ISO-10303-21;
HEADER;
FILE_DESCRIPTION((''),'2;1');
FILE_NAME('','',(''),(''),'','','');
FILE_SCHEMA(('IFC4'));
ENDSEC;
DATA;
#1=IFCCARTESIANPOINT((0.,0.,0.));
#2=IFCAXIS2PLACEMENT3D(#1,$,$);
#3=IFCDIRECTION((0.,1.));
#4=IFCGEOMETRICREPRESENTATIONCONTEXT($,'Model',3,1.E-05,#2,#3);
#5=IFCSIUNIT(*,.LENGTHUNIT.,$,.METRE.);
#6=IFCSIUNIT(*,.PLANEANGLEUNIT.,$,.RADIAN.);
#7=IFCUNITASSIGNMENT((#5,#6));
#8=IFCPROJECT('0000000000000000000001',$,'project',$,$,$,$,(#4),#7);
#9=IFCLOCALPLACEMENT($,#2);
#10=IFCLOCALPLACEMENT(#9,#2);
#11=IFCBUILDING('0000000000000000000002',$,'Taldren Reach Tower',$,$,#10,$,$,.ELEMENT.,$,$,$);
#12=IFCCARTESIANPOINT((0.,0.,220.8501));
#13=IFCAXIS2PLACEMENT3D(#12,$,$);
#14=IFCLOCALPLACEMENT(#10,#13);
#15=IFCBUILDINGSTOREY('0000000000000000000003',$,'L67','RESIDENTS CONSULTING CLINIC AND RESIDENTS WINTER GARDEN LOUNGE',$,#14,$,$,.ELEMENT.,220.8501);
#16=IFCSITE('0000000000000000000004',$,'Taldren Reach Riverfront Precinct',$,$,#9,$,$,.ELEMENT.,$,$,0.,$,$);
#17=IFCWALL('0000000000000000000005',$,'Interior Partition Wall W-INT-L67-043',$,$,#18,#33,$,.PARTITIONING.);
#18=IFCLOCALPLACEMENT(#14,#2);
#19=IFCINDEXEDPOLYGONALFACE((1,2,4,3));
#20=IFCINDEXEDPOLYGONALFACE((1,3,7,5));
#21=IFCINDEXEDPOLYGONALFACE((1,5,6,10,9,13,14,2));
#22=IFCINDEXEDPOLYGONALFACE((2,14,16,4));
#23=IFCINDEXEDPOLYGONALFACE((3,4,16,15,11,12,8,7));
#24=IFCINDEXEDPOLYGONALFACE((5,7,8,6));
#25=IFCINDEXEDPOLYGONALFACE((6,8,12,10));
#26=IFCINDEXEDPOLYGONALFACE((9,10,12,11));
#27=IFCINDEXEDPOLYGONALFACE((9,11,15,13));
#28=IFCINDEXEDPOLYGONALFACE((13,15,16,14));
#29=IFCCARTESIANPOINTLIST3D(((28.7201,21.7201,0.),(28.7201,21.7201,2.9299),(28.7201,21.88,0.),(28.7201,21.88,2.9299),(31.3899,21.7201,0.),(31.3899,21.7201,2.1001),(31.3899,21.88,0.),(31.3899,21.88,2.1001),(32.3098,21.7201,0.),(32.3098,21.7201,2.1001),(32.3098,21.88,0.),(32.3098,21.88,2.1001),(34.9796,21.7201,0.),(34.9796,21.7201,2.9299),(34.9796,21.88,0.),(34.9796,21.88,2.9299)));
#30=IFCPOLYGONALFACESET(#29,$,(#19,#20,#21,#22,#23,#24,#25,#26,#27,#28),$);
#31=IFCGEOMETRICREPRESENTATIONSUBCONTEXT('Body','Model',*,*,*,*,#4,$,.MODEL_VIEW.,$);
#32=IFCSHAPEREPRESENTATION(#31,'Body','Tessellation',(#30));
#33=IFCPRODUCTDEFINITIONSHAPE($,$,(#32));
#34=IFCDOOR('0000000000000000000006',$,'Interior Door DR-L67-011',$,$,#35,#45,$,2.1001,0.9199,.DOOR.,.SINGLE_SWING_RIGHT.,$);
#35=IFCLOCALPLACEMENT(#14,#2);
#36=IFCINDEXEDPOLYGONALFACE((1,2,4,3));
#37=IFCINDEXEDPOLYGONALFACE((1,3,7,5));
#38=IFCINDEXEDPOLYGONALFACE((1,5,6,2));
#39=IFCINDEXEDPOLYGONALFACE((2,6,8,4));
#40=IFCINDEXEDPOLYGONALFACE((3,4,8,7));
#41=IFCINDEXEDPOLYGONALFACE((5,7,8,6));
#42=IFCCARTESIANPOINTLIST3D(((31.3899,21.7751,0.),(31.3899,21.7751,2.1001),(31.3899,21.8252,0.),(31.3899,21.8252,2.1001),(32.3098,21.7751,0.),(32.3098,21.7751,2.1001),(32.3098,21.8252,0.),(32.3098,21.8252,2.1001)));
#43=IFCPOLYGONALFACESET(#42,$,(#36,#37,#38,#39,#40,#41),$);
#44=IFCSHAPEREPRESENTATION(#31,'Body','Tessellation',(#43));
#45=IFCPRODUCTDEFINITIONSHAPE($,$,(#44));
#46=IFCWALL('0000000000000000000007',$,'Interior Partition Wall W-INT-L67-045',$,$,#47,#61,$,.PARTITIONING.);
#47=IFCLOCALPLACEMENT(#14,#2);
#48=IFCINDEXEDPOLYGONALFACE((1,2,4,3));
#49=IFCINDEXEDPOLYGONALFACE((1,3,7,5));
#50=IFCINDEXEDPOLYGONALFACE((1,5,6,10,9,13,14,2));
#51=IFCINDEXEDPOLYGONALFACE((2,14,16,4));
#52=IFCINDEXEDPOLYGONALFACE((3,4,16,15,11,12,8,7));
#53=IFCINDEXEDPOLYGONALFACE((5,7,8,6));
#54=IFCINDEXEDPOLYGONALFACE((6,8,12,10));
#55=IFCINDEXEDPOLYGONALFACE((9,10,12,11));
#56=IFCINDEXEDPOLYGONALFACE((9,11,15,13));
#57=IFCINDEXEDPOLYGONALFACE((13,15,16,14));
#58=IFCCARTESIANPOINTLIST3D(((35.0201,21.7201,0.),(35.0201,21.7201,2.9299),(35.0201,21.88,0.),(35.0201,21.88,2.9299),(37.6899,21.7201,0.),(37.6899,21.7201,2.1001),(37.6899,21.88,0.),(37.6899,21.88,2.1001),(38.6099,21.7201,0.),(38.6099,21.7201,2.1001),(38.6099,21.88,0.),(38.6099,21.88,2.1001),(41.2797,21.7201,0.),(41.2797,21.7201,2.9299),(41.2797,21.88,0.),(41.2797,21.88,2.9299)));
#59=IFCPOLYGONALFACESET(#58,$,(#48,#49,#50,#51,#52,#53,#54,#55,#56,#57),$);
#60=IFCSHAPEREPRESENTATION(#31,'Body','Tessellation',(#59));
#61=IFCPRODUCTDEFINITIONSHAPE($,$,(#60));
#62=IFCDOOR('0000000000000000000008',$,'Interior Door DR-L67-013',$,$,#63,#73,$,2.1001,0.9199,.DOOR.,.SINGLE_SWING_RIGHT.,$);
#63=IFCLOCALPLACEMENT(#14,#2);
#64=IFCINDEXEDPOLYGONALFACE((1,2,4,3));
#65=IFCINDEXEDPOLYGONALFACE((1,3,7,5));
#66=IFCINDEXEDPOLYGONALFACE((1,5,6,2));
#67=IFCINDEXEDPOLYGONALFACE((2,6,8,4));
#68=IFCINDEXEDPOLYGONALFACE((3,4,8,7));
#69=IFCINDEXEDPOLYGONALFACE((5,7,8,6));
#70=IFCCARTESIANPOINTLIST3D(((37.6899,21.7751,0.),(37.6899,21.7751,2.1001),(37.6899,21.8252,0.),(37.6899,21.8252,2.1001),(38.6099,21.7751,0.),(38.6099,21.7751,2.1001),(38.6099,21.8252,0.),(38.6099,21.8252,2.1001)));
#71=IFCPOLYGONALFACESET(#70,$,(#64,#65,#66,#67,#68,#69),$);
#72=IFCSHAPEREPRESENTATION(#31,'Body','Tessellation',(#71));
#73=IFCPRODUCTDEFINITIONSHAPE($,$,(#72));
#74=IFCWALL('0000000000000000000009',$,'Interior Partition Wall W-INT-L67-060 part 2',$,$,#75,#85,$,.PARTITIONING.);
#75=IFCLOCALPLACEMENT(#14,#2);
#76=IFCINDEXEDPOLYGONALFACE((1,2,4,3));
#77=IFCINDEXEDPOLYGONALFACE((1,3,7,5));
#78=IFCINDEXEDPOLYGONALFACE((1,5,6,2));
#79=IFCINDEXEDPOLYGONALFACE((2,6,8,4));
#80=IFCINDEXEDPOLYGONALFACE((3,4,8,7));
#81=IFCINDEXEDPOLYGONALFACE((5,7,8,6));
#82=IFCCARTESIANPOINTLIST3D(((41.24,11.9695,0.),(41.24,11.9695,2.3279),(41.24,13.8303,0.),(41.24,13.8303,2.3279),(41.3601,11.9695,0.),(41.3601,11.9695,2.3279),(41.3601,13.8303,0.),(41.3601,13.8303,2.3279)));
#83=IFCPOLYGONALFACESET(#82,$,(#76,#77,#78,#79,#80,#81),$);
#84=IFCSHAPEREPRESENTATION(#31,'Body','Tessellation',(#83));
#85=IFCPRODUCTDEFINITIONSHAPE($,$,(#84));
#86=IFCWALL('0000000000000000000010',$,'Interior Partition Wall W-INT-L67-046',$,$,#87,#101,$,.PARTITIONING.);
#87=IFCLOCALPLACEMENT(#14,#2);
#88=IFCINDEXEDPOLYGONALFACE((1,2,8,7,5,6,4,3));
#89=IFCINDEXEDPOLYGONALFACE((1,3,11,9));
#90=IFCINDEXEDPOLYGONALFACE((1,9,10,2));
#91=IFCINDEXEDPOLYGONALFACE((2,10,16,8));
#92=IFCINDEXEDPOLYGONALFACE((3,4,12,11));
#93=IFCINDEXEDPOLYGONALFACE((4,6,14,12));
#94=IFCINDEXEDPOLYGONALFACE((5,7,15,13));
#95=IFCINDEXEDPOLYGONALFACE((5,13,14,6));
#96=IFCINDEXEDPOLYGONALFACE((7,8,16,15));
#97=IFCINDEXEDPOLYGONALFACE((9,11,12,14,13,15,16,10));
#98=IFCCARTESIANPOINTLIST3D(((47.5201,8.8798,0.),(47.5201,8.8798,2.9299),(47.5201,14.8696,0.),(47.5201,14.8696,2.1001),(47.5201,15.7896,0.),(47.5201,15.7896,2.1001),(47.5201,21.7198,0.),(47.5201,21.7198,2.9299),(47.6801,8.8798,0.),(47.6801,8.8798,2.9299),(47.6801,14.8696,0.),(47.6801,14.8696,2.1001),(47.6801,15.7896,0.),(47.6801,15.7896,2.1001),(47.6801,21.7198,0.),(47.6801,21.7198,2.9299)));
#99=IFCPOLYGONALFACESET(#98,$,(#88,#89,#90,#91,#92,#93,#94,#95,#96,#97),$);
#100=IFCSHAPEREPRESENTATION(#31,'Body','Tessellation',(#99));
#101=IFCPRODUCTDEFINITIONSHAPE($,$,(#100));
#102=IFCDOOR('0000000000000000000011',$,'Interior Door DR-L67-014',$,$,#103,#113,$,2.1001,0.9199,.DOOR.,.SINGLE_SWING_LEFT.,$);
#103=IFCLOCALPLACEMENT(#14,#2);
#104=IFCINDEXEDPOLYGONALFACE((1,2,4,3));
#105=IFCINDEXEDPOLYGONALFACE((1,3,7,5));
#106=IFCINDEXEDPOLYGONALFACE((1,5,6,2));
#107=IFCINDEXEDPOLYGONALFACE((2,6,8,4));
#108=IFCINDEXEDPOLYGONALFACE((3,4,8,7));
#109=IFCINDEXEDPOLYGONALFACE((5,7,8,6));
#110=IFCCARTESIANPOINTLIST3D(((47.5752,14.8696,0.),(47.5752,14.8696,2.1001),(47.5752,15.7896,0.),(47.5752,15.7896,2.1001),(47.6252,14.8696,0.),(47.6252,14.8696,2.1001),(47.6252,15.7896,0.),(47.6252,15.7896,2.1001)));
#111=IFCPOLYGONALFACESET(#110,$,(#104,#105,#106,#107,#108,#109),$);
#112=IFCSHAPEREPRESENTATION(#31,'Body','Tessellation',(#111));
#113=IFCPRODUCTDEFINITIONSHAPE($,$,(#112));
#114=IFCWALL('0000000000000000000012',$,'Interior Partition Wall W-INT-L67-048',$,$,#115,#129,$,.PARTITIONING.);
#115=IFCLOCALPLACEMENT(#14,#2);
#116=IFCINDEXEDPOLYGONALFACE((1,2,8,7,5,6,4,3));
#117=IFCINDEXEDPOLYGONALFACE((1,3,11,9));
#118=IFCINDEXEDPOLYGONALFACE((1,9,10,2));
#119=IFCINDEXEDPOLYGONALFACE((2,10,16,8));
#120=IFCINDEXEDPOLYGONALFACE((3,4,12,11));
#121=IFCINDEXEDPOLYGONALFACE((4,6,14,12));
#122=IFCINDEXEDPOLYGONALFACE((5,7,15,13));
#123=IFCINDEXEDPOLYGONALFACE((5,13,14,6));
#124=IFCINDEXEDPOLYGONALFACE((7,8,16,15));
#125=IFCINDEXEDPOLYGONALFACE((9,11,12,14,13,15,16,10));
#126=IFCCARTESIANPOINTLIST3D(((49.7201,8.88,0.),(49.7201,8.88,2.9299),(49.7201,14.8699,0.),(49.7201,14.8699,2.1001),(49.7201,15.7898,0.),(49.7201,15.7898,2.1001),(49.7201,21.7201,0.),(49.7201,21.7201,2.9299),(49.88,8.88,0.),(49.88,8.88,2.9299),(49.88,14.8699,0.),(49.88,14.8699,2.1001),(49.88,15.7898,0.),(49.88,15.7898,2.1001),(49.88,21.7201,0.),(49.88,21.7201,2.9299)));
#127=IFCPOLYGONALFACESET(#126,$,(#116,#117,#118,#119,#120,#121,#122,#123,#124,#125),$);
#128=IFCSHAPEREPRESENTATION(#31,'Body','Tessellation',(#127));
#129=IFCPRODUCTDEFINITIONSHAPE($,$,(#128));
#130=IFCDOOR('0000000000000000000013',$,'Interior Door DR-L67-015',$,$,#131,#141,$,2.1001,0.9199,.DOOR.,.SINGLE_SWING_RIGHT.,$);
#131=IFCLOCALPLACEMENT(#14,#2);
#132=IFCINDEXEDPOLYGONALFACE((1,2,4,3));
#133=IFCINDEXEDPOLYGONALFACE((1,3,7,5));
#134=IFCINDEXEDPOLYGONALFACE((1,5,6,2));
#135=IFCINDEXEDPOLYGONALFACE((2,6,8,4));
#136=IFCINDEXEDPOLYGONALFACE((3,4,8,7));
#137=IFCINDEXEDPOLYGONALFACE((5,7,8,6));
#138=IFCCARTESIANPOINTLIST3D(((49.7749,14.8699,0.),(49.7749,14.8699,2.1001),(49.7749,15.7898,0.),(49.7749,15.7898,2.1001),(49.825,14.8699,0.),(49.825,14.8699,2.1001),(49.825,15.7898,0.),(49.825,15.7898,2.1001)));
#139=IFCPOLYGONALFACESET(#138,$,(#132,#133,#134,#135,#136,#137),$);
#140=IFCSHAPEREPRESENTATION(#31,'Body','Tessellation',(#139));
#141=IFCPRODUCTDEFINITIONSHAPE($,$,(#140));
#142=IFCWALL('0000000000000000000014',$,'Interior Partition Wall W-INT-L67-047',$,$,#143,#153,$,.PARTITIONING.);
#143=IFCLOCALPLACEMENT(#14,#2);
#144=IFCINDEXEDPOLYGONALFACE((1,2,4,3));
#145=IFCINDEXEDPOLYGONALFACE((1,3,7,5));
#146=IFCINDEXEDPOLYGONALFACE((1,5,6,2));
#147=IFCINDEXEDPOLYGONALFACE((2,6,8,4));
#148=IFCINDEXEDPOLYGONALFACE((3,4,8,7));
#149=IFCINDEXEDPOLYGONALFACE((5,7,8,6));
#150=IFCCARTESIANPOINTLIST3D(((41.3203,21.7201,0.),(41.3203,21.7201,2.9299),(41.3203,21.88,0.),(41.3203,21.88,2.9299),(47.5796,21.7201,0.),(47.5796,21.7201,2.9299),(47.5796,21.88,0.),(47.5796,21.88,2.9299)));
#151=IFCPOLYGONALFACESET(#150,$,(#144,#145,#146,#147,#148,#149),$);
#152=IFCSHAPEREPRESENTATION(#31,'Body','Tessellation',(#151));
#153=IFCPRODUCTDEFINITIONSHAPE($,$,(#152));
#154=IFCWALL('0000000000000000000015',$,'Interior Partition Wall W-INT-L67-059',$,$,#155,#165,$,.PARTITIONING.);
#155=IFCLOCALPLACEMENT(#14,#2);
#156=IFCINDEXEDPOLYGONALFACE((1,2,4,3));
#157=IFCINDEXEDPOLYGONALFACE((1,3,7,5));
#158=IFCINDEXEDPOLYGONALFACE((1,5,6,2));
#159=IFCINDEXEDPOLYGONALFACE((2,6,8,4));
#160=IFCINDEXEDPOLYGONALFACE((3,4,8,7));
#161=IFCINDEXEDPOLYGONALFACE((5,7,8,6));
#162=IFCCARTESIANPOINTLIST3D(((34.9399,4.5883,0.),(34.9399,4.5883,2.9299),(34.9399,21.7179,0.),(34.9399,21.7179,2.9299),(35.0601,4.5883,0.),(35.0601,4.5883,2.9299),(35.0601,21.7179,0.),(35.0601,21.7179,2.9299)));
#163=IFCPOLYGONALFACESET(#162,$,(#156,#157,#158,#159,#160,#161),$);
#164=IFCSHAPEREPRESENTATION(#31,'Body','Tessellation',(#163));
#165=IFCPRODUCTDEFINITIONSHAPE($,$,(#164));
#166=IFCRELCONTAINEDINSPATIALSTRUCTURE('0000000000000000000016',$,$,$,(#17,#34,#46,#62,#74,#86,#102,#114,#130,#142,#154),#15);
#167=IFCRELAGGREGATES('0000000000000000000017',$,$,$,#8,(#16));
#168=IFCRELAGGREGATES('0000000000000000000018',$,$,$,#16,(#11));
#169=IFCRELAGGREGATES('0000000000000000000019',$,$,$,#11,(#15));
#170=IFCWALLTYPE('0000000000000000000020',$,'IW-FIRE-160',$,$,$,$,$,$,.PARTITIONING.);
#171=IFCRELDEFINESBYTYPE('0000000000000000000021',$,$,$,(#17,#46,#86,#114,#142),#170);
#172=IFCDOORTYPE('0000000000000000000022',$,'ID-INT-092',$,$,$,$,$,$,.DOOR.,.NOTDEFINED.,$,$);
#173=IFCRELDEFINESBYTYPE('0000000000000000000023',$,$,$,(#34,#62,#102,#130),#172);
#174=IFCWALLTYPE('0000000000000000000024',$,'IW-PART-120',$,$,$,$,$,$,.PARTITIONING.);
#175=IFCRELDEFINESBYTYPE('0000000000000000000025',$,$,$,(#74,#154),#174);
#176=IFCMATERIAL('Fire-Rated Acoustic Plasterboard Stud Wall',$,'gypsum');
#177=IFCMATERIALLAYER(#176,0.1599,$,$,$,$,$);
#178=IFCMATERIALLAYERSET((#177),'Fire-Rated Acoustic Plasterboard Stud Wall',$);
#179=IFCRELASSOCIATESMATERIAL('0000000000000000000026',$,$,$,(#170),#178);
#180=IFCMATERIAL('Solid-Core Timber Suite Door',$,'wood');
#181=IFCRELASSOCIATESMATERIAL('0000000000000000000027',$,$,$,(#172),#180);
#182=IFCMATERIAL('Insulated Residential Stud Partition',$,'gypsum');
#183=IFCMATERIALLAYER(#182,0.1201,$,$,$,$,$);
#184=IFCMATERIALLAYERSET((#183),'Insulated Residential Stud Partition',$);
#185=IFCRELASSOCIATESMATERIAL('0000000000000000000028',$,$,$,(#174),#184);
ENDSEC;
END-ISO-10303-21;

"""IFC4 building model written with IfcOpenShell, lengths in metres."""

from ifc_helpers import new_model, si_unit, direction, frame, frame_2d, origin, place, context, subcontext, project, spatial, rectangle, extrude, source, transform, mapped, material, layer, layer_set, type_object, element, fill, save


model = new_model("IFC4")

# Units and contexts
model_context = context("Model", 3, precision=1e-05, world=origin(), true_north=direction((0.0, 1.0)))
body_context = subcontext(model_context, "Body", "Model", "MODEL_VIEW")
ifc_project = project(units=[si_unit("LENGTHUNIT", "METRE"), si_unit("PLANEANGLEUNIT", "RADIAN")], contexts=[model_context])

# Site, building, storey
site_placement = place(None, origin())
site = spatial("IfcSite", under=ifc_project, at=site_placement, Name="Taldren Reach Riverfront Precinct", CompositionType="ELEMENT", RefElevation=0.0)
building_placement = place(site_placement, origin())
building = spatial("IfcBuilding", under=site, at=building_placement, Name="Taldren Reach Tower", CompositionType="ELEMENT")
storey_placement = place(building_placement, frame((0.0, 0.0, 220.8501)))
storey = spatial("IfcBuildingStorey", under=building, at=storey_placement, Name="L67", Description="RESIDENTS CONSULTING CLINIC AND RESIDENTS WINTER GARDEN LOUNGE", CompositionType="ELEMENT", Elevation=220.8501)

# Shared definitions
ifc_material_1 = material(Name="Fire-Rated Acoustic Plasterboard Stud Wall", Category="gypsum")
ifc_layer_1 = layer(ifc_material_1, 0.1599)
ifc_layer_set_1 = layer_set([ifc_layer_1], Name="Fire-Rated Acoustic Plasterboard Stud Wall")
wall_type_1 = type_object("IfcWallType", Name="IW-FIRE-160", PredefinedType="PARTITIONING", material=ifc_layer_set_1)

# Walls, openings, doors
shared_shape_1 = source(origin(), body_context, "Body", "SweptSolid", [
    extrude(rectangle(XDim=6.2595, YDim=0.1599, at=frame_2d((3.1299, 0.0))), origin(), (0.0, 0.0, 1.0), 2.9299),
])
wall_1_placement = place(storey_placement, frame((34.9797, 21.8, 0.0), z_axis=(0.0, 0.0, 1.0), x_axis=(-1.0, 0.0, 0.0)))
wall_1 = element("IfcWall", 1, at=wall_1_placement, inside=storey, type_object=wall_type_1, Name="Interior Partition Wall W-INT-L67-043", PredefinedType="PARTITIONING", context=body_context, shape_type="MappedRepresentation", body=[
    mapped(shared_shape_1, transform((0.0, 0.0, 0.0), scale=1.0)),
])
shared_shape_2 = source(origin(), body_context, "Body", "SweptSolid", [
    extrude(rectangle(XDim=0.9199, YDim=2.1001, at=frame_2d((0.46, 1.05))), frame((0.0, 0.0898, 0.0), z_axis=(0.0, -1.0, 0.0), x_axis=(1.0, 0.0, 0.0)), (0.0, 0.0, 1.0), 0.1799),
])
opening_1_placement = place(wall_1_placement, frame((2.6699, 0.0, 0.0)))
opening_1 = element("IfcOpeningElement", 2, at=opening_1_placement, cuts=wall_1, PredefinedType="OPENING", context=body_context, shape_type="MappedRepresentation", body=[
    mapped(shared_shape_2, transform((0.0, 0.0, 0.0), scale=1.0)),
])
ifc_material_2 = material(Name="Solid-Core Timber Suite Door", Category="wood")
door_type = type_object("IfcDoorType", Name="ID-INT-092", OperationType="NOTDEFINED", PredefinedType="DOOR", material=ifc_material_2)
shared_shape_3 = source(origin(), body_context, "Body", "SweptSolid", [
    extrude(rectangle(XDim=0.9199, YDim=2.1001, at=frame_2d((0.46, 1.05))), frame((0.0, 0.0249, 0.0), z_axis=(0.0, -1.0, 0.0), x_axis=(1.0, 0.0, 0.0)), (0.0, 0.0, 1.0), 0.05),
])
door_1_placement = place(opening_1_placement, origin())
door_1 = element("IfcDoor", 3, at=door_1_placement, inside=storey, type_object=door_type, Name="Interior Door DR-L67-011", OperationType="SINGLE_SWING_RIGHT", OverallHeight=2.1001, OverallWidth=0.9199, PredefinedType="DOOR", context=body_context, shape_type="MappedRepresentation", body=[
    mapped(shared_shape_3, transform((0.0, 0.0, 0.0), scale=1.0)),
])
fill(opening_1, door_1)
wall_2_placement = place(storey_placement, frame((41.2798, 21.8, 0.0), z_axis=(0.0, 0.0, 1.0), x_axis=(-1.0, 0.0, 0.0)))
wall_2 = element("IfcWall", 4, at=wall_2_placement, inside=storey, type_object=wall_type_1, Name="Interior Partition Wall W-INT-L67-045", PredefinedType="PARTITIONING", context=body_context, shape_type="MappedRepresentation", body=[
    mapped(shared_shape_1, transform((0.0, 0.0, 0.0), scale=1.0)),
])
opening_2_placement = place(wall_2_placement, frame((2.6699, 0.0, 0.0)))
opening_2 = element("IfcOpeningElement", 5, at=opening_2_placement, cuts=wall_2, PredefinedType="OPENING", context=body_context, shape_type="MappedRepresentation", body=[
    mapped(shared_shape_2, transform((0.0, 0.0, 0.0), scale=1.0)),
])
door_2_placement = place(opening_2_placement, origin())
door_2 = element("IfcDoor", 6, at=door_2_placement, inside=storey, type_object=door_type, Name="Interior Door DR-L67-013", OperationType="SINGLE_SWING_RIGHT", OverallHeight=2.1001, OverallWidth=0.9199, PredefinedType="DOOR", context=body_context, shape_type="MappedRepresentation", body=[
    mapped(shared_shape_3, transform((0.0, 0.0, 0.0), scale=1.0)),
])
fill(opening_2, door_2)

# Wall
ifc_material_3 = material(Name="Insulated Residential Stud Partition", Category="gypsum")
ifc_layer_2 = layer(ifc_material_3, 0.1201)
ifc_layer_set_2 = layer_set([ifc_layer_2], Name="Insulated Residential Stud Partition")
wall_type_2 = type_object("IfcWallType", Name="IW-PART-120", PredefinedType="PARTITIONING", material=ifc_layer_set_2)
shared_shape_4 = source(origin(), body_context, "Body", "SweptSolid", [
    extrude(rectangle(XDim=1.8608, YDim=0.1201, at=frame_2d((0.9304, 0.0))), origin(), (0.0, 0.0, 1.0), 2.3279),
])
wall_3_placement = place(storey_placement, frame((41.3, 13.8303, 0.0), z_axis=(0.0, 0.0, 1.0), x_axis=(0.0, -1.0, 0.0)))
element("IfcWall", 7, at=wall_3_placement, inside=storey, type_object=wall_type_2, Name="Interior Partition Wall W-INT-L67-060 part 2", PredefinedType="PARTITIONING", context=body_context, shape_type="MappedRepresentation", body=[
    mapped(shared_shape_4, transform((0.0, 0.0, 0.0), scale=1.0)),
])

# Walls, openings, doors
shared_shape_5 = source(origin(), body_context, "Body", "SweptSolid", [
    extrude(rectangle(XDim=12.8401, YDim=0.1599, at=frame_2d((6.4199, 0.0))), origin(), (0.0, 0.0, 1.0), 2.9299),
])
wall_4_placement = place(storey_placement, frame((47.6001, 8.8799, 0.0), z_axis=(0.0, 0.0, 1.0), x_axis=(0.0, 1.0, 0.0)))
wall_4 = element("IfcWall", 8, at=wall_4_placement, inside=storey, type_object=wall_type_1, Name="Interior Partition Wall W-INT-L67-046", PredefinedType="PARTITIONING", context=body_context, shape_type="MappedRepresentation", body=[
    mapped(shared_shape_5, transform((0.0, 0.0, 0.0), scale=1.0)),
])
opening_3_placement = place(wall_4_placement, frame((5.9897, 0.0, 0.0)))
opening_3 = element("IfcOpeningElement", 9, at=opening_3_placement, cuts=wall_4, PredefinedType="OPENING", context=body_context, shape_type="MappedRepresentation", body=[
    mapped(shared_shape_2, transform((0.0, 0.0, 0.0), scale=1.0)),
])
door_3_placement = place(opening_3_placement, origin())
door_3 = element("IfcDoor", 10, at=door_3_placement, inside=storey, type_object=door_type, Name="Interior Door DR-L67-014", OperationType="SINGLE_SWING_LEFT", OverallHeight=2.1001, OverallWidth=0.9199, PredefinedType="DOOR", context=body_context, shape_type="MappedRepresentation", body=[
    mapped(shared_shape_3, transform((0.0, 0.0, 0.0), scale=1.0)),
])
fill(opening_3, door_3)
wall_5_placement = place(storey_placement, frame((49.8, 21.72, 0.0), z_axis=(0.0, 0.0, 1.0), x_axis=(0.0, -1.0, 0.0)))
wall_5 = element("IfcWall", 11, at=wall_5_placement, inside=storey, type_object=wall_type_1, Name="Interior Partition Wall W-INT-L67-048", PredefinedType="PARTITIONING", context=body_context, shape_type="MappedRepresentation", body=[
    mapped(shared_shape_5, transform((0.0, 0.0, 0.0), scale=1.0)),
])
opening_4_placement = place(wall_5_placement, frame((5.9302, 0.0, 0.0)))
opening_4 = element("IfcOpeningElement", 12, at=opening_4_placement, cuts=wall_5, PredefinedType="OPENING", context=body_context, shape_type="MappedRepresentation", body=[
    mapped(shared_shape_2, transform((0.0, 0.0, 0.0), scale=1.0)),
])
door_4_placement = place(opening_4_placement, origin())
door_4 = element("IfcDoor", 13, at=door_4_placement, inside=storey, type_object=door_type, Name="Interior Door DR-L67-015", OperationType="SINGLE_SWING_RIGHT", OverallHeight=2.1001, OverallWidth=0.9199, PredefinedType="DOOR", context=body_context, shape_type="MappedRepresentation", body=[
    mapped(shared_shape_3, transform((0.0, 0.0, 0.0), scale=1.0)),
])
fill(opening_4, door_4)

# Walls
shared_shape_6 = source(origin(), body_context, "Body", "SweptSolid", [
    extrude(rectangle(XDim=6.2593, YDim=0.1599, at=frame_2d((3.1296, 0.0))), origin(), (0.0, 0.0, 1.0), 2.9299),
])
wall_6_placement = place(storey_placement, frame((47.5796, 21.8, 0.0), z_axis=(0.0, 0.0, 1.0), x_axis=(-1.0, 0.0, 0.0)))
element("IfcWall", 14, at=wall_6_placement, inside=storey, type_object=wall_type_1, Name="Interior Partition Wall W-INT-L67-047", PredefinedType="PARTITIONING", context=body_context, shape_type="MappedRepresentation", body=[
    mapped(shared_shape_6, transform((0.0, 0.0, 0.0), scale=1.0)),
])
shared_shape_7 = source(origin(), body_context, "Body", "SweptSolid", [
    extrude(rectangle(XDim=17.1296, YDim=0.1201, at=frame_2d((8.5649, 0.0))), origin(), (0.0, 0.0, 1.0), 2.9299),
])
wall_7_placement = place(storey_placement, frame((35.0, 21.718, 0.0), z_axis=(0.0, 0.0, 1.0), x_axis=(0.0, -1.0, 0.0)))
element("IfcWall", 15, at=wall_7_placement, inside=storey, type_object=wall_type_2, Name="Interior Partition Wall W-INT-L67-059", PredefinedType="PARTITIONING", context=body_context, shape_type="MappedRepresentation", body=[
    mapped(shared_shape_7, transform((0.0, 0.0, 0.0), scale=1.0)),
])

save(model, "model.ifc")
